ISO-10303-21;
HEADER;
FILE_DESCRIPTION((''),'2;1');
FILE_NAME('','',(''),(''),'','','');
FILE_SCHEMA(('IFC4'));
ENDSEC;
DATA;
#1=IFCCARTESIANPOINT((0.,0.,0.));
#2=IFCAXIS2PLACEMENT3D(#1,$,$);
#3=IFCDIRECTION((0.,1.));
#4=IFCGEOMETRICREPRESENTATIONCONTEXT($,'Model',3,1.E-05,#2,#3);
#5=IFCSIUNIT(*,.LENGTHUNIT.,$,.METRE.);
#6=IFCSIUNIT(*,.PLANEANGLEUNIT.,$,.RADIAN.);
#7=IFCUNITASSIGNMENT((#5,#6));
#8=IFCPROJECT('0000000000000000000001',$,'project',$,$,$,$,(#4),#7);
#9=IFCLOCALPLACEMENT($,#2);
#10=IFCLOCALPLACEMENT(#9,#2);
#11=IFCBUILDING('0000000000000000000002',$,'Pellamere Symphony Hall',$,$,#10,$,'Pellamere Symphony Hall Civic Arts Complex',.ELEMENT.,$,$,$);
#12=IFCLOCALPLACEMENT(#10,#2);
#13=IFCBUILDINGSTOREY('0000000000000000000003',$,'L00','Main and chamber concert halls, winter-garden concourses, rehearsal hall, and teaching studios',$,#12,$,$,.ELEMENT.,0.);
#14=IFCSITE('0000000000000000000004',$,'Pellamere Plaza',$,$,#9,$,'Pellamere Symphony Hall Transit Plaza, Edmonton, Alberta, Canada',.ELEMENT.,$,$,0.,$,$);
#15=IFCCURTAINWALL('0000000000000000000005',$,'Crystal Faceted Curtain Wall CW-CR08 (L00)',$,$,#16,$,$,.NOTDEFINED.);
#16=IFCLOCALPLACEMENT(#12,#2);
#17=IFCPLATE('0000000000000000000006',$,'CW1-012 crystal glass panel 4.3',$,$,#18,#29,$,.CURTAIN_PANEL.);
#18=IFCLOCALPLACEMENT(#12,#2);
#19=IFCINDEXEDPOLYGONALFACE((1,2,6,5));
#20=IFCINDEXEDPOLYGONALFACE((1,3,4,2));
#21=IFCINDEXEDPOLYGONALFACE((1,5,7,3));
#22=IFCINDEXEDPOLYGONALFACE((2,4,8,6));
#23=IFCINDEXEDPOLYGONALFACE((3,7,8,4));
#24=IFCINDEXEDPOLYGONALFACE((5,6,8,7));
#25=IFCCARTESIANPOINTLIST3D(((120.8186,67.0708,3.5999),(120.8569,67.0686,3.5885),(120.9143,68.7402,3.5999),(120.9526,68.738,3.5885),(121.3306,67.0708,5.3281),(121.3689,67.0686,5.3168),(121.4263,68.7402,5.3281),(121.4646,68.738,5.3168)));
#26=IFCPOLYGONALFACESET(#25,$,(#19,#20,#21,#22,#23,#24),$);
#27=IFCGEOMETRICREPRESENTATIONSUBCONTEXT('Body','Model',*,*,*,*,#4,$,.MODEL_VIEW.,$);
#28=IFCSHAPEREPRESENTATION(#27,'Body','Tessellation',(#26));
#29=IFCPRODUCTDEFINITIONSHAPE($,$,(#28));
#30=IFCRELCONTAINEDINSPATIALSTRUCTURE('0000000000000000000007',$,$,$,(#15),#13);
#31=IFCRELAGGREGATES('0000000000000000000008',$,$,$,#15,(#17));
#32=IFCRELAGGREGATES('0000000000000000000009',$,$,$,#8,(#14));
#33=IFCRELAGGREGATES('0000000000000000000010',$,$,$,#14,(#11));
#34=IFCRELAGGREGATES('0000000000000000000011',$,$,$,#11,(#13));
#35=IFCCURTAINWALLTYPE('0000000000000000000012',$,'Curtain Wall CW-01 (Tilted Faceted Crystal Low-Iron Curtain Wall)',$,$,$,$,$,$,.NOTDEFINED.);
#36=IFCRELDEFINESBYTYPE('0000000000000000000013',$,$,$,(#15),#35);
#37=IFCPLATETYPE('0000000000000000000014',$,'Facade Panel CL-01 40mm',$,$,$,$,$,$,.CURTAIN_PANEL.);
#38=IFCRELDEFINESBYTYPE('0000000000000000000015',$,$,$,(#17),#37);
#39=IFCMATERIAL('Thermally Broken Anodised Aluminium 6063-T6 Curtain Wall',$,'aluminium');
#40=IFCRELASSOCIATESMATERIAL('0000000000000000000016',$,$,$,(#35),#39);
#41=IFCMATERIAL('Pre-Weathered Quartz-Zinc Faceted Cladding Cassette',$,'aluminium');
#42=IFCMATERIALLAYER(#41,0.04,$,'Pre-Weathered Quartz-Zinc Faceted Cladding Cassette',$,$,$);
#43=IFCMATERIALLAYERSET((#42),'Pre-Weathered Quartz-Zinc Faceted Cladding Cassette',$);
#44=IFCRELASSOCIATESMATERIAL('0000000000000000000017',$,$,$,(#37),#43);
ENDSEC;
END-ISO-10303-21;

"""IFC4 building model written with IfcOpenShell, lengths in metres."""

from ifc_helpers import new_model, si_unit, direction, frame, origin, place, context, subcontext, project, spatial, polyline, outline, extrude, material, layer, layer_set, type_object, element, aggregate, save


model = new_model("IFC4")

# Units and contexts
model_context = context("Model", 3, precision=1e-05, world=origin(), true_north=direction((0.0, 1.0)))
body_context = subcontext(model_context, "Body", "Model", "MODEL_VIEW")
ifc_project = project(units=[si_unit("LENGTHUNIT", "METRE"), si_unit("PLANEANGLEUNIT", "RADIAN")], contexts=[model_context])

# Site, building, storey
site_placement = place(None, origin())
site = spatial("IfcSite", under=ifc_project, at=site_placement, Name="Pellamere Plaza", LongName="Pellamere Symphony Hall Transit Plaza, Edmonton, Alberta, Canada", CompositionType="ELEMENT", RefElevation=0.0)
building_placement = place(site_placement, origin())
building = spatial("IfcBuilding", under=site, at=building_placement, Name="Pellamere Symphony Hall", LongName="Pellamere Symphony Hall Civic Arts Complex", CompositionType="ELEMENT")
storey_placement = place(building_placement, origin())
storey = spatial("IfcBuildingStorey", under=building, at=storey_placement, Name="L00", Description="Main and chamber concert halls, winter-garden concourses, rehearsal hall, and teaching studios", CompositionType="ELEMENT", Elevation=0.0)

# Curtain wall
ifc_material_1 = material(Name="Thermally Broken Anodised Aluminium 6063-T6 Curtain Wall", Category="aluminium")
curtain_wall_type = type_object("IfcCurtainWallType", Name="Curtain Wall CW-01 (Tilted Faceted Crystal Low-Iron Curtain Wall)", PredefinedType="NOTDEFINED", material=ifc_material_1)
curtain_wall_placement = place(storey_placement, origin())
curtain_wall = element("IfcCurtainWall", 1, at=curtain_wall_placement, inside=storey, type_object=curtain_wall_type, Name="Crystal Faceted Curtain Wall CW-CR08 (L00)", PredefinedType="NOTDEFINED")

# Plate
ifc_material_2 = material(Name="Pre-Weathered Quartz-Zinc Faceted Cladding Cassette", Category="aluminium")
ifc_layer = layer(ifc_material_2, 0.04, Name="Pre-Weathered Quartz-Zinc Faceted Cladding Cassette")
ifc_layer_set = layer_set([ifc_layer], Name="Pre-Weathered Quartz-Zinc Faceted Cladding Cassette")
plate_type = type_object("IfcPlateType", Name="Facade Panel CL-01 40mm", PredefinedType="CURTAIN_PANEL", material=ifc_layer_set)
plate_1_placement = place(storey_placement, frame((120.8186, 67.0708, 3.5999), z_axis=(-0.957371, 0.054883, 0.2836), x_axis=(0.057233, 0.998361, 0.0)))
plate_1 = element("IfcPlate", 2, at=plate_1_placement, type_object=plate_type, Name="CW1-012 crystal glass panel 4.3", PredefinedType="CURTAIN_PANEL", context=body_context, shape_type="SweptSolid", body=[
    extrude(outline(polyline([(0.0, 0.0), (1.6722, 0.0), (1.7015, -1.8023), (0.0293, -1.8023), (0.0, 0.0)])), origin(), (0.0, 0.0, -1.0), 0.04),
])
aggregate(curtain_wall, [plate_1])

save(model, "model.ifc")
